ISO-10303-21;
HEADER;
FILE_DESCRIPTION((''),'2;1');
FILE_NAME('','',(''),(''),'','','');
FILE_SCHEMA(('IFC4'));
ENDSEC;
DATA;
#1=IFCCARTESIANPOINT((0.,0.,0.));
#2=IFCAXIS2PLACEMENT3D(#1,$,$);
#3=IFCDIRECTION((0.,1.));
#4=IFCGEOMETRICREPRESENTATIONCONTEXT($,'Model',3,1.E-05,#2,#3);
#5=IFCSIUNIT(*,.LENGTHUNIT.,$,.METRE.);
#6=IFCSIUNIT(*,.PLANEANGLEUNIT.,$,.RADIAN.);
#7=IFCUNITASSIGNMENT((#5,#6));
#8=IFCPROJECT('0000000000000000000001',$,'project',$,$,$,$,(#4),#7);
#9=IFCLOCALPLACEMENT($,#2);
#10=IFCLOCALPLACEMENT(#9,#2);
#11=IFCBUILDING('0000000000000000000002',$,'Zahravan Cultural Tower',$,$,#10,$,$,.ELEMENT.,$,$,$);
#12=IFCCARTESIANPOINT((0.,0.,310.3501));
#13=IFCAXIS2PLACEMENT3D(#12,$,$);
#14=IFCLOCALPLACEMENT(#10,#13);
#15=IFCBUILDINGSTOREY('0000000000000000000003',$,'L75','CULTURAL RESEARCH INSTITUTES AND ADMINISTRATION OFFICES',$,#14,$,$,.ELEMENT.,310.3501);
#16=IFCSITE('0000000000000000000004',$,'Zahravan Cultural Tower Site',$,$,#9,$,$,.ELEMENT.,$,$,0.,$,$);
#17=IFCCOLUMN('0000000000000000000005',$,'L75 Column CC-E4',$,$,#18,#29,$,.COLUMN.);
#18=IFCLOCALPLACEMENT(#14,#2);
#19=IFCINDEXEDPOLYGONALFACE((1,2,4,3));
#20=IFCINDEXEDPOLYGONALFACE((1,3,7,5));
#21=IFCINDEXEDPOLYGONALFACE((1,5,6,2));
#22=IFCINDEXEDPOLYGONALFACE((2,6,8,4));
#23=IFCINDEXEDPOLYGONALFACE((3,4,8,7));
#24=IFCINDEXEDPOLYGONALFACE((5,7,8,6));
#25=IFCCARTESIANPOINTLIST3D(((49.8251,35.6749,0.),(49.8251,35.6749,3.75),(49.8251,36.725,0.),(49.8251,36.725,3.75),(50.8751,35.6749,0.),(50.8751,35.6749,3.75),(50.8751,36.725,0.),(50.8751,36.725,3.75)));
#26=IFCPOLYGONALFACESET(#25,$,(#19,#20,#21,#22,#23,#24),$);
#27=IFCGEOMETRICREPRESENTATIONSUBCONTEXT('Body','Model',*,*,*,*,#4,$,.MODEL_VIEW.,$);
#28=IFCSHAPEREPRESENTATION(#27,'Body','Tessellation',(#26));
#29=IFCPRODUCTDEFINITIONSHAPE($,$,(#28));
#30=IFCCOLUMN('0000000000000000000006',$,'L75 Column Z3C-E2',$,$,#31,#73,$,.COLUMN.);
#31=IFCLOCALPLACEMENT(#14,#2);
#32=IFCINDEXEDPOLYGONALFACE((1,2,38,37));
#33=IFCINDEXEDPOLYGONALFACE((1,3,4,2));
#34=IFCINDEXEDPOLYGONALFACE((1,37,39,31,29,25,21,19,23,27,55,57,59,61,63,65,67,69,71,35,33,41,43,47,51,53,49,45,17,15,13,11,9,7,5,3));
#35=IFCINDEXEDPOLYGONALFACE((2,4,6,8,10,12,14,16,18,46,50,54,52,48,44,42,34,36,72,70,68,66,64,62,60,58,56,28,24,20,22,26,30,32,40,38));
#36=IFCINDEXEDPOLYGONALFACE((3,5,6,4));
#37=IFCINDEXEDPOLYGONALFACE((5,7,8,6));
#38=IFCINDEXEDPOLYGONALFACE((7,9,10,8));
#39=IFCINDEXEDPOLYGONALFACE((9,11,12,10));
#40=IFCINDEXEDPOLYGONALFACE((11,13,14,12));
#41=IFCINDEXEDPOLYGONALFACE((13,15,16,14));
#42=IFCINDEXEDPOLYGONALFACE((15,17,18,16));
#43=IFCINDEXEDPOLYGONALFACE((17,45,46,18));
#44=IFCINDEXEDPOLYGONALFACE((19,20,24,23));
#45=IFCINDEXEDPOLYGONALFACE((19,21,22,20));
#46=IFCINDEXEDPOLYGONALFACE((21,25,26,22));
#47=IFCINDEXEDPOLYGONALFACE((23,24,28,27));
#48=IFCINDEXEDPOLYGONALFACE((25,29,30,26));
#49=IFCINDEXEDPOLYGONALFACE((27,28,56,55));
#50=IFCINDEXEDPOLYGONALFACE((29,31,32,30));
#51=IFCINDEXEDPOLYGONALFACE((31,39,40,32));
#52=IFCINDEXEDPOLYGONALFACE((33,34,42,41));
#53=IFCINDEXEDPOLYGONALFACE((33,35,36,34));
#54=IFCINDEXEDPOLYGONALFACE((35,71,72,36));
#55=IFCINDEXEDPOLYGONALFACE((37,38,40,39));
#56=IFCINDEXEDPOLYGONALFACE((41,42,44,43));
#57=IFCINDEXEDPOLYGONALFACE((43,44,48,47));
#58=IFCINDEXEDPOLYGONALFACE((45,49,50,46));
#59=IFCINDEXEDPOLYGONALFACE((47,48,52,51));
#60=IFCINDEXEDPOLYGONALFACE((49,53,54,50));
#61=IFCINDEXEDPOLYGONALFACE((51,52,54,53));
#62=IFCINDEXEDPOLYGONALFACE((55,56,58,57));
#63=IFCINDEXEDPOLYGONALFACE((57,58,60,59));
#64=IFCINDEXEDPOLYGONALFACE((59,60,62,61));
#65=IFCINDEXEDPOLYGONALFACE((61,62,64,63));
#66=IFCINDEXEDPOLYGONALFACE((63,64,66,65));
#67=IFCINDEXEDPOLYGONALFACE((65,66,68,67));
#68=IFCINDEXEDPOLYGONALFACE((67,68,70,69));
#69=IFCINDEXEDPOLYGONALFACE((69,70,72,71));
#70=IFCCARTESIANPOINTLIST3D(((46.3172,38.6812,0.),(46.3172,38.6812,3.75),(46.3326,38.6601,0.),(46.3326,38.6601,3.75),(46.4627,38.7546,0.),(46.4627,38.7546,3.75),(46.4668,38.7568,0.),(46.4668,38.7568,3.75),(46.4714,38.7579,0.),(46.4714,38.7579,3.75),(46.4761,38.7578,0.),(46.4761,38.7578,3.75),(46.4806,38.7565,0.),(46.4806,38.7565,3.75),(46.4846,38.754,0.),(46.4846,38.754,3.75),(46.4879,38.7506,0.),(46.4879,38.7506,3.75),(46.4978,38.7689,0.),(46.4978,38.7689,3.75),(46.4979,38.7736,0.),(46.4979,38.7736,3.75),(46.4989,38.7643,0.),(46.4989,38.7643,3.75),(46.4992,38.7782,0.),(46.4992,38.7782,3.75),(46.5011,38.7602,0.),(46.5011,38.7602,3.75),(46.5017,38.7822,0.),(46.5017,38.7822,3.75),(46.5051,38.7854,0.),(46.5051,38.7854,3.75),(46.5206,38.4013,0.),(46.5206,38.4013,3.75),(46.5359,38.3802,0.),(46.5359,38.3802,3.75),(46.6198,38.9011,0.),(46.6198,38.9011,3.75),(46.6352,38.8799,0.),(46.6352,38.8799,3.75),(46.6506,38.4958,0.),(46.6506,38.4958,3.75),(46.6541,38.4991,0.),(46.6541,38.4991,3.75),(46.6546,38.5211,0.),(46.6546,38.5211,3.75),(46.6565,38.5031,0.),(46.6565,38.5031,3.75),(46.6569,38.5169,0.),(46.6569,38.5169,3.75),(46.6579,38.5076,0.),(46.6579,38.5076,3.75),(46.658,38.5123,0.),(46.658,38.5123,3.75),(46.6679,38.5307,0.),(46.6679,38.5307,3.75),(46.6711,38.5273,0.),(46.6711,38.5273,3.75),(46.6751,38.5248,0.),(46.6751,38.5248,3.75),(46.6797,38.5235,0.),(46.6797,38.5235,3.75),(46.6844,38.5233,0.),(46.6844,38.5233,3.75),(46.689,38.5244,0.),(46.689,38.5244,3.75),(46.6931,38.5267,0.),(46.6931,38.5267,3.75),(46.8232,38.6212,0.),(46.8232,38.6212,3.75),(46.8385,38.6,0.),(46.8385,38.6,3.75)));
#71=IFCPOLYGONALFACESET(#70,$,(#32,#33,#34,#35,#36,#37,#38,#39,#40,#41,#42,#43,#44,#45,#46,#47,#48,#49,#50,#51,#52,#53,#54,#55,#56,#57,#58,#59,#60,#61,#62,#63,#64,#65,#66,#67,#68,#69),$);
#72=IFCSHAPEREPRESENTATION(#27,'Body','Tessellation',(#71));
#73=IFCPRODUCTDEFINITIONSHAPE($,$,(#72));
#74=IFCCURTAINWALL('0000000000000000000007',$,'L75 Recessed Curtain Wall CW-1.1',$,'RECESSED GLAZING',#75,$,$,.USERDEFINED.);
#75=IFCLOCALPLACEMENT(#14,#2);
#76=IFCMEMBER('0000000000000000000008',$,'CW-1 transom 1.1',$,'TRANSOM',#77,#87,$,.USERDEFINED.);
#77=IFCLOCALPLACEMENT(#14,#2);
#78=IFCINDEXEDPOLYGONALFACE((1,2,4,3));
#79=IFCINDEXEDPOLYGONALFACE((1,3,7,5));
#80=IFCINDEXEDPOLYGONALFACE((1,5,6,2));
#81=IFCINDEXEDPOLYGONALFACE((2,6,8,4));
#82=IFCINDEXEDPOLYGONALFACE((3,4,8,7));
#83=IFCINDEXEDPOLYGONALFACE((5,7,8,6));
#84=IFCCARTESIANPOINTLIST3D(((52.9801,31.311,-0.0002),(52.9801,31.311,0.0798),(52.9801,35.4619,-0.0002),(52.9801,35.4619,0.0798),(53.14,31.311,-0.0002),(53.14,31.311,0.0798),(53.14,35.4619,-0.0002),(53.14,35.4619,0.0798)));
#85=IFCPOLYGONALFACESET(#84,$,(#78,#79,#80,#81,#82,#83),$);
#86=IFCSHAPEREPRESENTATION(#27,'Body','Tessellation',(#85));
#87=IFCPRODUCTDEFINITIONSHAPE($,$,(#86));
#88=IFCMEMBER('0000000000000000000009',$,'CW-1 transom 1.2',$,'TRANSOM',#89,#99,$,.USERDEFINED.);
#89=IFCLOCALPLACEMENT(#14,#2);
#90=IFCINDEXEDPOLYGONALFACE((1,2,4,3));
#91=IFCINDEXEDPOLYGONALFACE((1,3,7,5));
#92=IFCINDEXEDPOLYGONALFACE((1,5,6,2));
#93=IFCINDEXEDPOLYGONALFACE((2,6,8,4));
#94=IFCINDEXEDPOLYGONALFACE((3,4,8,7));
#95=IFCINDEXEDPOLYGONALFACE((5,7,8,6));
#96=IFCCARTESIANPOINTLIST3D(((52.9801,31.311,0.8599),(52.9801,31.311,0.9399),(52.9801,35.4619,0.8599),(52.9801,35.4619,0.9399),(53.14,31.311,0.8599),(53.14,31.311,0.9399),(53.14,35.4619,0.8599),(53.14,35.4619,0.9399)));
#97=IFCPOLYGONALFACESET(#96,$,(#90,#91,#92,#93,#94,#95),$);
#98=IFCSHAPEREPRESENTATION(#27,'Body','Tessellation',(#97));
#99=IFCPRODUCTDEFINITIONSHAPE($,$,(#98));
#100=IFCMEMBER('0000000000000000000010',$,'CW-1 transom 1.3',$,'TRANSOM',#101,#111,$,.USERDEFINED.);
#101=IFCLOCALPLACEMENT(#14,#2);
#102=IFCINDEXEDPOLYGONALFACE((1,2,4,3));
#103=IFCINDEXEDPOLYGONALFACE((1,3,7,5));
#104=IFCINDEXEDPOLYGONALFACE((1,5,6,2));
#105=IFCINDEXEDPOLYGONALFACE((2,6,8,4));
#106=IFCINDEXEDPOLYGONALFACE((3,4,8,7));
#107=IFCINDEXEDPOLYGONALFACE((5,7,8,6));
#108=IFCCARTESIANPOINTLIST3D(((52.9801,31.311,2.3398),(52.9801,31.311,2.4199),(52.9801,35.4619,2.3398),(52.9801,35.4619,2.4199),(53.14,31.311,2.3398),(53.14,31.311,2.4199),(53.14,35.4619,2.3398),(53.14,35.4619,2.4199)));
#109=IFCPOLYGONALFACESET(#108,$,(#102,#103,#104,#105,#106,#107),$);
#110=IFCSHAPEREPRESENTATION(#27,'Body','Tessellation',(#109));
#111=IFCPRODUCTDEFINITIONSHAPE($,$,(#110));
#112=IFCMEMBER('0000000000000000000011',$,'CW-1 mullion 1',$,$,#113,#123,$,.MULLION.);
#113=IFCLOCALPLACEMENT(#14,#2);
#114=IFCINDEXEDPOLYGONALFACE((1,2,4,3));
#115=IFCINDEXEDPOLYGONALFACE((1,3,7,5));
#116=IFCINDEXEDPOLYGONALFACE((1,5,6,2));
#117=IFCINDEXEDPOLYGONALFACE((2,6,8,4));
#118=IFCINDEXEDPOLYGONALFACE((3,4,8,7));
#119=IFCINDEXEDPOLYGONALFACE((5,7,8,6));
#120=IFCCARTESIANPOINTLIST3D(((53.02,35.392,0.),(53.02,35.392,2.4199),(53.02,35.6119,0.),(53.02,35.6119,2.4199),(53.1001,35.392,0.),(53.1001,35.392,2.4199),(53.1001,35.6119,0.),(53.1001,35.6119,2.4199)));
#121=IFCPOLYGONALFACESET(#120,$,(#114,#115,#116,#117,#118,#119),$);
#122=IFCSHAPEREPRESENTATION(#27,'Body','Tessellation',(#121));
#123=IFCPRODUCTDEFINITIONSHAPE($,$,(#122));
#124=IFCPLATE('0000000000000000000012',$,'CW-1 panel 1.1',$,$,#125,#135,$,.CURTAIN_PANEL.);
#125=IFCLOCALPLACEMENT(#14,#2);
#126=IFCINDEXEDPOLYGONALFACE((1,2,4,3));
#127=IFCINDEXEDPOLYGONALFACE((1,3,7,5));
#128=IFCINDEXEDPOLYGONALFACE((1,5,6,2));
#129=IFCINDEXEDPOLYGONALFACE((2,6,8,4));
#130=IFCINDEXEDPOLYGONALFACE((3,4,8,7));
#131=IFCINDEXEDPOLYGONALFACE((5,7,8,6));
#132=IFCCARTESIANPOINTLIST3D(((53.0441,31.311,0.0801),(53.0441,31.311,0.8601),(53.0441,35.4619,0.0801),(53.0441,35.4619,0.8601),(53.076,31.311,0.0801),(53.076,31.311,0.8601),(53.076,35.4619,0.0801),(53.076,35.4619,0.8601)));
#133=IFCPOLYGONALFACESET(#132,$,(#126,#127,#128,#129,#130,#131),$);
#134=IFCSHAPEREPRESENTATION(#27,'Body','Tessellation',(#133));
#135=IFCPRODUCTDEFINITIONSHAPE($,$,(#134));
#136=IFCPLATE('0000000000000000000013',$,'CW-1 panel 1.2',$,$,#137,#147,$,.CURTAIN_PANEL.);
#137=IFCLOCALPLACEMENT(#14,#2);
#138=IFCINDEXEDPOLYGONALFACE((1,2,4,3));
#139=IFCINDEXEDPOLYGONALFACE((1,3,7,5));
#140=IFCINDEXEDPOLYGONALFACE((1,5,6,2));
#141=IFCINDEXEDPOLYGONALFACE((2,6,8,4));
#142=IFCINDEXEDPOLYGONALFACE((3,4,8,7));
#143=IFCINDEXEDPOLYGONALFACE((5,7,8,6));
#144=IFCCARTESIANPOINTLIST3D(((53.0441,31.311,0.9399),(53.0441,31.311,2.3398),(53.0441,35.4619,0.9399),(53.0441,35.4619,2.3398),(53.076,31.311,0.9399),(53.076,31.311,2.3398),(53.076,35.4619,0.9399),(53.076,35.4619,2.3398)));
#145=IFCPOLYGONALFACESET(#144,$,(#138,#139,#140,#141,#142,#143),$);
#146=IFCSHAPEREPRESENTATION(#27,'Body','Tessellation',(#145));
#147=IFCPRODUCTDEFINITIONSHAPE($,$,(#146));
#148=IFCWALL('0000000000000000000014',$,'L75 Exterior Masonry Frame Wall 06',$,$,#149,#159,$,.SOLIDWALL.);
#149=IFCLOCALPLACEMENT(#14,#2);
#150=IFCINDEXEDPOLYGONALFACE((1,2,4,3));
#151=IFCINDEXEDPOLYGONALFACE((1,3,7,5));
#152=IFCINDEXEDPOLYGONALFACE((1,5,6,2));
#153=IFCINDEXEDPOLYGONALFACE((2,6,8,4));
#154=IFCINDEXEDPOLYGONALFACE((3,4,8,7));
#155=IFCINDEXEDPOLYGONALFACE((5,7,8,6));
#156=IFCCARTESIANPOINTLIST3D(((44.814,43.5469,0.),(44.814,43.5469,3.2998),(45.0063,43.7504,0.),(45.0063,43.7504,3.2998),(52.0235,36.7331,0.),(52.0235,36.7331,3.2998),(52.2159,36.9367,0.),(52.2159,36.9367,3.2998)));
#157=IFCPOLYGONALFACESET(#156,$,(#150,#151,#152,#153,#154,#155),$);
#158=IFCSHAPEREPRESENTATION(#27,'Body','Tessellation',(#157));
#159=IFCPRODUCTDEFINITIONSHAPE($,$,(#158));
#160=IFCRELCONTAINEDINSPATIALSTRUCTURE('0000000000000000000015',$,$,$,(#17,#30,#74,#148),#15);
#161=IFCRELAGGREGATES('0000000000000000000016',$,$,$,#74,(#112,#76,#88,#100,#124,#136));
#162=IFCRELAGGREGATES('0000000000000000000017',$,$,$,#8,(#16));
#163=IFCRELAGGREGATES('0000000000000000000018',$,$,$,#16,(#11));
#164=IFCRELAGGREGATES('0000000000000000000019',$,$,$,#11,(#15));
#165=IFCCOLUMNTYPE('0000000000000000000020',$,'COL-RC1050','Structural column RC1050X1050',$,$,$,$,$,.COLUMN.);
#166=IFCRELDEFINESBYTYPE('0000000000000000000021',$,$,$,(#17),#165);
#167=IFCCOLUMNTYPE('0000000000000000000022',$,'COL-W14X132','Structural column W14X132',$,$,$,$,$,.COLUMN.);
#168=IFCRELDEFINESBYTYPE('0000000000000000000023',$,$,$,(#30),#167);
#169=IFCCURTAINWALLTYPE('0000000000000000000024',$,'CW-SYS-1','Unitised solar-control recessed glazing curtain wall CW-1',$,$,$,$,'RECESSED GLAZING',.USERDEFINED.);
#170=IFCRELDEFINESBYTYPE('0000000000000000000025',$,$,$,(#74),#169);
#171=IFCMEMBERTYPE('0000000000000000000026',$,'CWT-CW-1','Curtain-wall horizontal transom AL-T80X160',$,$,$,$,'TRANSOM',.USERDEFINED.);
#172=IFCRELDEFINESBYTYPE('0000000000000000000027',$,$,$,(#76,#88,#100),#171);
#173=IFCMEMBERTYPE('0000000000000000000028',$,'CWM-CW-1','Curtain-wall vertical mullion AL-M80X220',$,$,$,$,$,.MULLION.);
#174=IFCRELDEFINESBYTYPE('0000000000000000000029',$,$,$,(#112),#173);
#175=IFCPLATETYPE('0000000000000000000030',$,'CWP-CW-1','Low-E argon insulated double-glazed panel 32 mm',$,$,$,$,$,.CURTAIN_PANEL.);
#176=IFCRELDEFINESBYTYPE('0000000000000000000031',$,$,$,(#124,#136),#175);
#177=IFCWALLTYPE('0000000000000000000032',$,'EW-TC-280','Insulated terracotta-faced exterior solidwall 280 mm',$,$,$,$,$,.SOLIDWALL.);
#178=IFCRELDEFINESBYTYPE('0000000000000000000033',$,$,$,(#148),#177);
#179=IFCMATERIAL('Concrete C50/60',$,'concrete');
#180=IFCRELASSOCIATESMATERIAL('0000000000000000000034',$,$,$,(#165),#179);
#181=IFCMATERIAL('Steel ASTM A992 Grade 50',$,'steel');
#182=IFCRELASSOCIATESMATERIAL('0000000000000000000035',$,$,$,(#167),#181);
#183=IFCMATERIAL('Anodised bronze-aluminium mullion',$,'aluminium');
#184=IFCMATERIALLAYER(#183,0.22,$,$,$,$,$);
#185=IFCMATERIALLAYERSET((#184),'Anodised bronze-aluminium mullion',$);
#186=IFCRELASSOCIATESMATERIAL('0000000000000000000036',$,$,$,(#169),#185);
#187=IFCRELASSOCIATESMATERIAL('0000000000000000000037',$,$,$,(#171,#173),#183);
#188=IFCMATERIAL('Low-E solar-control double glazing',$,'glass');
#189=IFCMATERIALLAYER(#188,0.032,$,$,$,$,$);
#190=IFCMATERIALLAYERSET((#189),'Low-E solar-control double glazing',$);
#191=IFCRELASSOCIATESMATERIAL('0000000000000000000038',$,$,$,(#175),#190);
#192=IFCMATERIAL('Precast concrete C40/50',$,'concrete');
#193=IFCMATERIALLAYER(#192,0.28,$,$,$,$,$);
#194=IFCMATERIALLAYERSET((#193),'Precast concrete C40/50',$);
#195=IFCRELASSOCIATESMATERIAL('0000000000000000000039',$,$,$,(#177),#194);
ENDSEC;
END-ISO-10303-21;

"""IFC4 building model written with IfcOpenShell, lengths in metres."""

from ifc_helpers import new_model, si_unit, direction, frame, frame_2d, origin, origin_2d, place, context, subcontext, project, spatial, rectangle, i_section, extrude, source, transform, mapped, material, layer, layer_set, material_profile, profile_set, type_object, element, aggregate, save


model = new_model("IFC4")

# Units and contexts
model_context = context("Model", 3, precision=1e-05, world=origin(), true_north=direction((0.0, 1.0)))
body_context = subcontext(model_context, "Body", "Model", "MODEL_VIEW")
ifc_project = project(units=[si_unit("LENGTHUNIT", "METRE"), si_unit("PLANEANGLEUNIT", "RADIAN")], contexts=[model_context])

# Site, building, storey
site_placement = place(None, origin())
site = spatial("IfcSite", under=ifc_project, at=site_placement, Name="Zahravan Cultural Tower Site", CompositionType="ELEMENT", RefElevation=0.0)
building_placement = place(site_placement, origin())
building = spatial("IfcBuilding", under=site, at=building_placement, Name="Zahravan Cultural Tower", CompositionType="ELEMENT")
storey_placement = place(building_placement, frame((0.0, 0.0, 310.3501)))
storey = spatial("IfcBuildingStorey", under=building, at=storey_placement, Name="L75", Description="CULTURAL RESEARCH INSTITUTES AND ADMINISTRATION OFFICES", CompositionType="ELEMENT", Elevation=310.3501)

# Columns
ifc_material_1 = material(Name="Concrete C50/60", Category="concrete")
ifc_material_profile_1 = material_profile(ifc_material_1, rectangle(XDim=1.05, YDim=1.05, at=origin_2d()), Name="RC1050X1050")
ifc_profile_set_1 = profile_set([ifc_material_profile_1], Name="Concrete C50/60")
column_type_1 = type_object("IfcColumnType", Name="COL-RC1050", Description="Structural column RC1050X1050", PredefinedType="COLUMN", material=ifc_profile_set_1)
shared_shape_1 = source(origin(), body_context, "Body", "SweptSolid", [
    extrude(rectangle(XDim=1.05, YDim=1.05, at=origin_2d()), origin(), (0.0, 0.0, 1.0), 3.75),
])
column_1_placement = place(storey_placement, frame((50.3501, 36.2, 0.0), z_axis=(0.0, 0.0, 1.0), x_axis=(1.0, 0.0, 0.0)))
element("IfcColumn", 1, at=column_1_placement, inside=storey, type_object=column_type_1, Name="L75 Column CC-E4", PredefinedType="COLUMN", context=body_context, shape_type="MappedRepresentation", body=[
    mapped(shared_shape_1, transform((0.0, 0.0, 0.0), x_axis=(1.0, 0.0, 0.0), y_axis=(0.0, 1.0, 0.0), z_axis=(0.0, 0.0, 1.0), scale=1.0)),
])
ifc_material_2 = material(Name="Steel ASTM A992 Grade 50", Category="steel")
ifc_material_profile_2 = material_profile(ifc_material_2, i_section(OverallWidth=0.374, OverallDepth=0.3721, WebThickness=0.0164, FlangeThickness=0.0261, FilletRadius=0.0181, at=origin_2d()), Name="W14X132")
ifc_profile_set_2 = profile_set([ifc_material_profile_2], Name="Steel ASTM A992 Grade 50")
column_type_2 = type_object("IfcColumnType", Name="COL-W14X132", Description="Structural column W14X132", PredefinedType="COLUMN", material=ifc_profile_set_2)
shared_shape_2 = source(origin(), body_context, "Body", "SweptSolid", [
    extrude(i_section(OverallWidth=0.374, OverallDepth=0.3721, WebThickness=0.0164, FlangeThickness=0.0261, FilletRadius=0.0181, at=origin_2d()), origin(), (0.0, 0.0, 1.0), 3.75),
])
column_2_placement = place(storey_placement, frame((46.5779, 38.6406, 0.0), z_axis=(0.0, 0.0, 1.0), x_axis=(0.809017, 0.587785, 0.0)))
element("IfcColumn", 2, at=column_2_placement, inside=storey, type_object=column_type_2, Name="L75 Column Z3C-E2", PredefinedType="COLUMN", context=body_context, shape_type="MappedRepresentation", body=[
    mapped(shared_shape_2, transform((0.0, 0.0, 0.0), x_axis=(1.0, 0.0, 0.0), y_axis=(0.0, 1.0, 0.0), z_axis=(0.0, 0.0, 1.0), scale=1.0)),
])

# Curtain wall, members, plates
ifc_material_3 = material(Name="Anodised bronze-aluminium mullion", Category="aluminium")
ifc_layer_1 = layer(ifc_material_3, 0.22)
ifc_layer_set_1 = layer_set([ifc_layer_1], Name="Anodised bronze-aluminium mullion")
curtain_wall_type = type_object("IfcCurtainWallType", Name="CW-SYS-1", Description="Unitised solar-control recessed glazing curtain wall CW-1", ElementType="RECESSED GLAZING", PredefinedType="USERDEFINED", material=ifc_layer_set_1)
curtain_wall_placement = place(storey_placement, origin())
curtain_wall = element("IfcCurtainWall", 3, at=curtain_wall_placement, inside=storey, type_object=curtain_wall_type, Name="L75 Recessed Curtain Wall CW-1.1", ObjectType="RECESSED GLAZING", PredefinedType="USERDEFINED")
ifc_material_profile_3 = material_profile(ifc_material_3, rectangle(XDim=0.1599, YDim=0.0801, at=origin_2d()), Name="AL-T80X160")
ifc_profile_set_3 = profile_set([ifc_material_profile_3], Name="Anodised bronze-aluminium mullion")
member_type_1 = type_object("IfcMemberType", Name="CWT-CW-1", Description="Curtain-wall horizontal transom AL-T80X160", ElementType="TRANSOM", PredefinedType="USERDEFINED", material=ifc_profile_set_3)
shared_shape_3 = source(origin(), body_context, "Body", "SweptSolid", [
    extrude(rectangle(XDim=0.1599, YDim=0.0801, at=origin_2d()), origin(), (0.0, 0.0, 1.0), 4.1509),
])
member_1_placement = place(storey_placement, frame((53.0601, 35.4619, 0.0398), z_axis=(0.0, -1.0, 0.0), x_axis=(1.0, 0.0, 0.0)))
member_1 = element("IfcMember", 4, at=member_1_placement, type_object=member_type_1, Name="CW-1 transom 1.1", ObjectType="TRANSOM", PredefinedType="USERDEFINED", context=body_context, shape_type="MappedRepresentation", body=[
    mapped(shared_shape_3, transform((0.0, 0.0, 0.0), x_axis=(1.0, 0.0, 0.0), y_axis=(0.0, 1.0, 0.0), z_axis=(0.0, 0.0, 1.0), scale=1.0)),
])
member_2_placement = place(storey_placement, frame((53.0601, 35.4619, 0.8999), z_axis=(0.0, -1.0, 0.0), x_axis=(1.0, 0.0, 0.0)))
member_2 = element("IfcMember", 5, at=member_2_placement, type_object=member_type_1, Name="CW-1 transom 1.2", ObjectType="TRANSOM", PredefinedType="USERDEFINED", context=body_context, shape_type="MappedRepresentation", body=[
    mapped(shared_shape_3, transform((0.0, 0.0, 0.0), x_axis=(1.0, 0.0, 0.0), y_axis=(0.0, 1.0, 0.0), z_axis=(0.0, 0.0, 1.0), scale=1.0)),
])
member_3_placement = place(storey_placement, frame((53.0601, 35.4619, 2.3799), z_axis=(0.0, -1.0, 0.0), x_axis=(1.0, 0.0, 0.0)))
member_3 = element("IfcMember", 6, at=member_3_placement, type_object=member_type_1, Name="CW-1 transom 1.3", ObjectType="TRANSOM", PredefinedType="USERDEFINED", context=body_context, shape_type="MappedRepresentation", body=[
    mapped(shared_shape_3, transform((0.0, 0.0, 0.0), x_axis=(1.0, 0.0, 0.0), y_axis=(0.0, 1.0, 0.0), z_axis=(0.0, 0.0, 1.0), scale=1.0)),
])
ifc_material_profile_4 = material_profile(ifc_material_3, rectangle(XDim=0.0801, YDim=0.22, at=origin_2d()), Name="AL-M80X220")
ifc_profile_set_4 = profile_set([ifc_material_profile_4], Name="Anodised bronze-aluminium mullion")
member_type_2 = type_object("IfcMemberType", Name="CWM-CW-1", Description="Curtain-wall vertical mullion AL-M80X220", PredefinedType="MULLION", material=ifc_profile_set_4)
shared_shape_4 = source(origin(), body_context, "Body", "SweptSolid", [
    extrude(rectangle(XDim=0.0801, YDim=0.22, at=origin_2d()), origin(), (0.0, 0.0, 1.0), 2.4199),
])
member_4_placement = place(storey_placement, frame((53.0601, 35.502, 0.0), z_axis=(0.0, 0.0, 1.0), x_axis=(1.0, 0.0, 0.0)))
member_4 = element("IfcMember", 7, at=member_4_placement, type_object=member_type_2, Name="CW-1 mullion 1", PredefinedType="MULLION", context=body_context, shape_type="MappedRepresentation", body=[
    mapped(shared_shape_4, transform((0.0, 0.0, 0.0), x_axis=(1.0, 0.0, 0.0), y_axis=(0.0, 1.0, 0.0), z_axis=(0.0, 0.0, 1.0), scale=1.0)),
])
ifc_material_4 = material(Name="Low-E solar-control double glazing", Category="glass")
ifc_layer_2 = layer(ifc_material_4, 0.032)
ifc_layer_set_2 = layer_set([ifc_layer_2], Name="Low-E solar-control double glazing")
plate_type = type_object("IfcPlateType", Name="CWP-CW-1", Description="Low-E argon insulated double-glazed panel 32 mm", PredefinedType="CURTAIN_PANEL", material=ifc_layer_set_2)
shared_shape_5 = source(origin(), body_context, "Body", "SweptSolid", [
    extrude(rectangle(XDim=4.1509, YDim=0.032, at=origin_2d()), origin(), (0.0, 0.0, 1.0), 0.78),
])
plate_1_placement = place(storey_placement, frame((53.0601, 33.3865, 0.0801), z_axis=(0.0, 0.0, 1.0), x_axis=(0.0, -1.0, 0.0)))
plate_1 = element("IfcPlate", 8, at=plate_1_placement, type_object=plate_type, Name="CW-1 panel 1.1", PredefinedType="CURTAIN_PANEL", context=body_context, shape_type="MappedRepresentation", body=[
    mapped(shared_shape_5, transform((0.0, 0.0, 0.0), x_axis=(1.0, 0.0, 0.0), y_axis=(0.0, 1.0, 0.0), z_axis=(0.0, 0.0, 1.0), scale=1.0)),
])
shared_shape_6 = source(origin(), body_context, "Body", "SweptSolid", [
    extrude(rectangle(XDim=4.1509, YDim=0.032, at=origin_2d()), origin(), (0.0, 0.0, 1.0), 1.3999),
])
plate_2_placement = place(storey_placement, frame((53.0601, 33.3865, 0.9399), z_axis=(0.0, 0.0, 1.0), x_axis=(0.0, -1.0, 0.0)))
plate_2 = element("IfcPlate", 9, at=plate_2_placement, type_object=plate_type, Name="CW-1 panel 1.2", PredefinedType="CURTAIN_PANEL", context=body_context, shape_type="MappedRepresentation", body=[
    mapped(shared_shape_6, transform((0.0, 0.0, 0.0), x_axis=(1.0, 0.0, 0.0), y_axis=(0.0, 1.0, 0.0), z_axis=(0.0, 0.0, 1.0), scale=1.0)),
])
aggregate(curtain_wall, [member_4, member_1, member_2, member_3, plate_1, plate_2])

# Wall
ifc_material_5 = material(Name="Precast concrete C40/50", Category="concrete")
ifc_layer_3 = layer(ifc_material_5, 0.28)
ifc_layer_set_3 = layer_set([ifc_layer_3], Name="Precast concrete C40/50")
wall_type_1 = type_object("IfcWallType", Name="EW-TC-280", Description="Insulated terracotta-faced exterior solidwall 280 mm", PredefinedType="SOLIDWALL", material=ifc_layer_set_3)
shared_shape_7 = source(origin(), body_context, "Body", "SweptSolid", [
    extrude(rectangle(XDim=9.9199, YDim=0.28, at=frame_2d((4.96, 0.0))), origin(), (0.0, 0.0, 1.0), 3.2998),
])
wall_1_placement = place(storey_placement, frame((44.9102, 43.6487, 0.0), z_axis=(0.0, 0.0, 1.0), x_axis=(0.726773, -0.686878, 0.0)))
element("IfcWall", 10, at=wall_1_placement, inside=storey, type_object=wall_type_1, Name="L75 Exterior Masonry Frame Wall 06", PredefinedType="SOLIDWALL", context=body_context, shape_type="MappedRepresentation", body=[
    mapped(shared_shape_7, transform((0.0, 0.0, 0.0), x_axis=(1.0, 0.0, 0.0), y_axis=(0.0, 1.0, 0.0), z_axis=(0.0, 0.0, 1.0), scale=1.0)),
])

save(model, "model.ifc")
